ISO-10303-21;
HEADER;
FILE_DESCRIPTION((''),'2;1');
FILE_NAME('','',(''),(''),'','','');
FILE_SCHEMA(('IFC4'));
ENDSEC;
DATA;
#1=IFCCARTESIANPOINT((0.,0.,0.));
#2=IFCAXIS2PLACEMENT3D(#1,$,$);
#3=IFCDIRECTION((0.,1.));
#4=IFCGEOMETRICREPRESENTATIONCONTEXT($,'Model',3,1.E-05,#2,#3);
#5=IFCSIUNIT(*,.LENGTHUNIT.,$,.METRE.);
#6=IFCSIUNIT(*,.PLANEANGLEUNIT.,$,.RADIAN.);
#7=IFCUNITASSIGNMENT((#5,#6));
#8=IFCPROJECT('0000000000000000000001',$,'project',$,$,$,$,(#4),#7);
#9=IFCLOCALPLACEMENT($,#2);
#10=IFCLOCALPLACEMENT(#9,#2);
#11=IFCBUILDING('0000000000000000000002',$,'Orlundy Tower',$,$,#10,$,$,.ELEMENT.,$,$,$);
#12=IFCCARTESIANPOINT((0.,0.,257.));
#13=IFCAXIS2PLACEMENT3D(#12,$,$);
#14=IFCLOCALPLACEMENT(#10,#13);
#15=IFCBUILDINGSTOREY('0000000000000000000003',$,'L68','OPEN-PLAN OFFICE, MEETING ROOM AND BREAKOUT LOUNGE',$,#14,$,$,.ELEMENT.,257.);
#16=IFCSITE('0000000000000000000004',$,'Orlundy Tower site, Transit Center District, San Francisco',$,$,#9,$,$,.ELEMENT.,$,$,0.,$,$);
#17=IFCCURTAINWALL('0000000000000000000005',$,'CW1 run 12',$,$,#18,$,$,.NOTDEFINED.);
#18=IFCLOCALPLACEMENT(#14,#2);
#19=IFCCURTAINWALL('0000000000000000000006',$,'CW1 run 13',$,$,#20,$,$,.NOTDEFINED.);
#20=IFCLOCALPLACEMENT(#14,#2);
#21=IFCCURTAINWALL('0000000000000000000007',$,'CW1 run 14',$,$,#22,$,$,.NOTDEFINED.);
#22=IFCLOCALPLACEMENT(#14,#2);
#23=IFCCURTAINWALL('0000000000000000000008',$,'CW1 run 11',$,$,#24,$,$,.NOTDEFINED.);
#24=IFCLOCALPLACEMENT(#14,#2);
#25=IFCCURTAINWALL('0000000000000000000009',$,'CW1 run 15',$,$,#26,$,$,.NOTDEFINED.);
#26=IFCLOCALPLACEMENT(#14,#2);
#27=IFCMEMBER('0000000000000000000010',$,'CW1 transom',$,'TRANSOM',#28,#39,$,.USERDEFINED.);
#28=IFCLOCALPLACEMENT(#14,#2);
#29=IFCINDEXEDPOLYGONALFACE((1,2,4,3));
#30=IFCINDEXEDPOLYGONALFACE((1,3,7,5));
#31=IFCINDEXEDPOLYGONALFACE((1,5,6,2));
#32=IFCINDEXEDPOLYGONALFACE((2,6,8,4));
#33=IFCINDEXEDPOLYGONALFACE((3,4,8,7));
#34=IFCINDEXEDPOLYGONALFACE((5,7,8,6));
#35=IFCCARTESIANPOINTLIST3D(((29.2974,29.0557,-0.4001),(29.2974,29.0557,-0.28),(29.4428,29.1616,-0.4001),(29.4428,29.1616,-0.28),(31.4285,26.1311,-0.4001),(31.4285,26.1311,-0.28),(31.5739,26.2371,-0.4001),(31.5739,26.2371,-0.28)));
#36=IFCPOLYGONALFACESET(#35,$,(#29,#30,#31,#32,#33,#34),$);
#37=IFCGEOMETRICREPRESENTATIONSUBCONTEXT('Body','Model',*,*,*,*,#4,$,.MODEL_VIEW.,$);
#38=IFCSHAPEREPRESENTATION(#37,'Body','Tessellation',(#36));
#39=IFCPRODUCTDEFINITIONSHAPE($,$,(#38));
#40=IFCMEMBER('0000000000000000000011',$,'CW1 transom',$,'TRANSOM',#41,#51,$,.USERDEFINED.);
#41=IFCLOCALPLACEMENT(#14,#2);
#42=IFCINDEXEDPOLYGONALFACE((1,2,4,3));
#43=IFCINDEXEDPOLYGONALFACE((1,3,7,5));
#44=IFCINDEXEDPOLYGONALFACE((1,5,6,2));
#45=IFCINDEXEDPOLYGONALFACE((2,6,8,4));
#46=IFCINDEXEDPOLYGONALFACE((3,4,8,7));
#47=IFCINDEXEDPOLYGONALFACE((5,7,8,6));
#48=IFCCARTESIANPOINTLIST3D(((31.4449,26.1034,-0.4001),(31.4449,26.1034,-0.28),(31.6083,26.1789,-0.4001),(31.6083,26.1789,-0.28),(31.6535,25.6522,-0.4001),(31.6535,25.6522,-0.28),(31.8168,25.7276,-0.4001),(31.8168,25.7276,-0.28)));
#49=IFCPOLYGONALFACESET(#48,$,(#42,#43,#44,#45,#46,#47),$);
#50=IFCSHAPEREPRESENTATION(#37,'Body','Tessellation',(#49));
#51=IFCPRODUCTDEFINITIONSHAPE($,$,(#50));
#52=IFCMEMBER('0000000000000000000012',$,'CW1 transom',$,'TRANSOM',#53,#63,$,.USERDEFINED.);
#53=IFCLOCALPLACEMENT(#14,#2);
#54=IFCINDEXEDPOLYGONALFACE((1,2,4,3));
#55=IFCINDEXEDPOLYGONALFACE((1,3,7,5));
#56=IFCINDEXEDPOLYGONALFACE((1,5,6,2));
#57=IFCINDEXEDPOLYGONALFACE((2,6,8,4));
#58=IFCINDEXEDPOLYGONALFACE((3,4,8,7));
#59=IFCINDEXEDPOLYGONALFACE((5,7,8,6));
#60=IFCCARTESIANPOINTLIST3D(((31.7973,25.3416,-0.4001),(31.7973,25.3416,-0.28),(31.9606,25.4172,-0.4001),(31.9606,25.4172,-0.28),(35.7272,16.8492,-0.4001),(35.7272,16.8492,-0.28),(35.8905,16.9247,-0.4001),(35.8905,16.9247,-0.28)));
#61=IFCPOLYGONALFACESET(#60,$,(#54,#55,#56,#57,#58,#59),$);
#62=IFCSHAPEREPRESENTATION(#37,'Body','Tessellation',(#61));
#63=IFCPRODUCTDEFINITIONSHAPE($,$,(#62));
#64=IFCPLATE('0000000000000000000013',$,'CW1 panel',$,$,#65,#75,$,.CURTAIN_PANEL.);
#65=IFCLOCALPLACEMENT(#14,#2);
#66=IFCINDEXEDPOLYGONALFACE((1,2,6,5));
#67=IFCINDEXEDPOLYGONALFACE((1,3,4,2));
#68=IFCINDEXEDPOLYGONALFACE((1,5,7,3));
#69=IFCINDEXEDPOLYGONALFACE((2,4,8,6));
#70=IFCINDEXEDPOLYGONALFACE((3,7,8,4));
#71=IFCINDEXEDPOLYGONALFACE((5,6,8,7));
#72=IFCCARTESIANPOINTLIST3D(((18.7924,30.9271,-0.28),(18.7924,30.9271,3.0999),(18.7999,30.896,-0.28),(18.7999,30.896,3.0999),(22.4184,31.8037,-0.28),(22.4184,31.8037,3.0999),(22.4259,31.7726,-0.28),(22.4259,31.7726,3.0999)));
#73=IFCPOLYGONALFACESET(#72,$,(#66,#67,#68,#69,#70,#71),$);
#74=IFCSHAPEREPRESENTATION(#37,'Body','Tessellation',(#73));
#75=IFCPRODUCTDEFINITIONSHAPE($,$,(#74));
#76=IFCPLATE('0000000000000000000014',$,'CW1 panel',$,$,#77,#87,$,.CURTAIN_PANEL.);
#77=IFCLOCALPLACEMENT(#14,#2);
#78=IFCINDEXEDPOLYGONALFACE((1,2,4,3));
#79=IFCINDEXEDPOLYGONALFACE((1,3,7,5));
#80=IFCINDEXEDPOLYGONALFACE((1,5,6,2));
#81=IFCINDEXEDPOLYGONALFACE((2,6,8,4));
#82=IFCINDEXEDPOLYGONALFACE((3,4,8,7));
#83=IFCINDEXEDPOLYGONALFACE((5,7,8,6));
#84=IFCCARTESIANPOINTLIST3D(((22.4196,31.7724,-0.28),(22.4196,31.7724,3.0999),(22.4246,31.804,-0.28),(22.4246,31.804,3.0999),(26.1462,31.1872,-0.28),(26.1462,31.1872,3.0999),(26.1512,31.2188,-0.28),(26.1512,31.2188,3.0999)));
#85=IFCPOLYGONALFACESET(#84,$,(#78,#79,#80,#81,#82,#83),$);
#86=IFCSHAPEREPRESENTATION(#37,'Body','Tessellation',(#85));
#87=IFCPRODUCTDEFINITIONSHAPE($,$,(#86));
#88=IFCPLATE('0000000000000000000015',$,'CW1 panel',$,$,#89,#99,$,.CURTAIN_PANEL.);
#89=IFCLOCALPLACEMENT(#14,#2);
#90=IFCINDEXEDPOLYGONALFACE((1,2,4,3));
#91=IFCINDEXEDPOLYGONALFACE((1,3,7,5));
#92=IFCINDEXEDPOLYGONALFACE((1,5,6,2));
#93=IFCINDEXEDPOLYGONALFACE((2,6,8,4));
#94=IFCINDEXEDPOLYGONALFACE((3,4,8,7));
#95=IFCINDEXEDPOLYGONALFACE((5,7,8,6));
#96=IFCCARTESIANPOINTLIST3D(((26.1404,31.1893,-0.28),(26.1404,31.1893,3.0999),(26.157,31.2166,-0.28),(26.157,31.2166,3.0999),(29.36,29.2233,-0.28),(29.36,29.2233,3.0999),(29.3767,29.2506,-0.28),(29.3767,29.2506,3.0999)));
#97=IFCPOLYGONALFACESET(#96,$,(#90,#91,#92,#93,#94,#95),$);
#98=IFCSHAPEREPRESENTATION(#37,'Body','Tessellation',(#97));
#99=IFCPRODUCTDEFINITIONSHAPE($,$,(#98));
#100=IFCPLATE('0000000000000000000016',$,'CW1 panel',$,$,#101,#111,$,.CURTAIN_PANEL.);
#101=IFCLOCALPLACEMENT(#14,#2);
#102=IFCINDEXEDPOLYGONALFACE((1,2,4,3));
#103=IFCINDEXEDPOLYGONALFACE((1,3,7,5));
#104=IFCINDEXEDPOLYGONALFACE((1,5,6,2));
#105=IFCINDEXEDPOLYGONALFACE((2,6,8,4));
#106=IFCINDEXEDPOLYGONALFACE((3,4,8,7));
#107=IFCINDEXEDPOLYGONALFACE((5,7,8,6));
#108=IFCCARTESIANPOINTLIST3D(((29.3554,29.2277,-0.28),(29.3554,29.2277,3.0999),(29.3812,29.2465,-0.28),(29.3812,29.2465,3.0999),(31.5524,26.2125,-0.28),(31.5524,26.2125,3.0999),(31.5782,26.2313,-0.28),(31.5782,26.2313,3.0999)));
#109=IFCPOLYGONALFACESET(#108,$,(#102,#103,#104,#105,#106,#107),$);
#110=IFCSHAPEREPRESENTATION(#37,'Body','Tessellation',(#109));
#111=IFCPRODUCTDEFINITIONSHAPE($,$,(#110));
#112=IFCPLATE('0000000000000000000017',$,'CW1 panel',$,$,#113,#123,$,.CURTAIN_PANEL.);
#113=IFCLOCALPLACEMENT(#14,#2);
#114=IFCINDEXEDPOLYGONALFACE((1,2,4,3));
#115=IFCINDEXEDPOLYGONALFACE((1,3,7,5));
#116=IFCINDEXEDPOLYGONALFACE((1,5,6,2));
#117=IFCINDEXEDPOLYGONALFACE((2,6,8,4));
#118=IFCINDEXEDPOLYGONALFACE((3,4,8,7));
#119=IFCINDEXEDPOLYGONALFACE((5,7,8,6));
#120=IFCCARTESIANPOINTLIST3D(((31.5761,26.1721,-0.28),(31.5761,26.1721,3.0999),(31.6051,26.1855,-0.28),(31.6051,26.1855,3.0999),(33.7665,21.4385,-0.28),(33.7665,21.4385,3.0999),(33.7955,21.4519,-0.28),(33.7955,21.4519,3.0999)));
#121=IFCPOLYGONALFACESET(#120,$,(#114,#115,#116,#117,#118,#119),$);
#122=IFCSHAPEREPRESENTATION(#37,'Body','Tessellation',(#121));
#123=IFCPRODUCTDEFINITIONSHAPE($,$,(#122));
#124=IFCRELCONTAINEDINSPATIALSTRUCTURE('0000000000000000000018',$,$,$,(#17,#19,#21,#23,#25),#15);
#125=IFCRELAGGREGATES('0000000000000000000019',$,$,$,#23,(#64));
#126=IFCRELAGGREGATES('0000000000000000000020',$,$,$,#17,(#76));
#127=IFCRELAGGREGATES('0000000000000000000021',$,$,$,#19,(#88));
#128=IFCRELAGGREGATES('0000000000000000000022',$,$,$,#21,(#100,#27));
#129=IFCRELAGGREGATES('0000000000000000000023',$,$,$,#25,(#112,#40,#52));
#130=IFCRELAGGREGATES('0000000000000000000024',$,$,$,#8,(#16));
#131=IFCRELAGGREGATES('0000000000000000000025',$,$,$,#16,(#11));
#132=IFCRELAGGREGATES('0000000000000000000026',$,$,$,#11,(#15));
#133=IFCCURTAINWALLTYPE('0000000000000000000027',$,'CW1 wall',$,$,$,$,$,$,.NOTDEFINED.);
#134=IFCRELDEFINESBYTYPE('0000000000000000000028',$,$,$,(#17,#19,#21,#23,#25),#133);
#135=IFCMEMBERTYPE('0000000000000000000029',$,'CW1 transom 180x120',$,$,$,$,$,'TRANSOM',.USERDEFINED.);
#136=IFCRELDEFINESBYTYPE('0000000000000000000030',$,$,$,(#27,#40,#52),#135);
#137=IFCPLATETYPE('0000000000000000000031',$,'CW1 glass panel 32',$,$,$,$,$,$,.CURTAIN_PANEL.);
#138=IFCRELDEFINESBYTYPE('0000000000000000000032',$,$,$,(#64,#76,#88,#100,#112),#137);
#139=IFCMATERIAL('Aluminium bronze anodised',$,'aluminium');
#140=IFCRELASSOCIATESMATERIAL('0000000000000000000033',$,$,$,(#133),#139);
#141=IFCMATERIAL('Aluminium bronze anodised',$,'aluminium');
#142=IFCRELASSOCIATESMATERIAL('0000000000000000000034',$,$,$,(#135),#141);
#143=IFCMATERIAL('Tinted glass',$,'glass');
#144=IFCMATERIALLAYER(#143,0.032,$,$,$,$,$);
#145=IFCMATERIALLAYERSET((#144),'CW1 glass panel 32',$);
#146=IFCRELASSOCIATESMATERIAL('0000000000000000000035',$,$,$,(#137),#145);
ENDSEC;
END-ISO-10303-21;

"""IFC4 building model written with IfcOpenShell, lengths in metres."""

from ifc_helpers import new_model, si_unit, direction, frame, origin, origin_2d, place, context, subcontext, project, spatial, rectangle, extrude, material, layer, layer_set, material_profile, profile_set, type_object, element, aggregate, save


model = new_model("IFC4")

# Units and contexts
model_context = context("Model", 3, precision=1e-05, world=origin(), true_north=direction((0.0, 1.0)))
body_context = subcontext(model_context, "Body", "Model", "MODEL_VIEW")
ifc_project = project(units=[si_unit("LENGTHUNIT", "METRE"), si_unit("PLANEANGLEUNIT", "RADIAN")], contexts=[model_context])

# Site, building, storey
site_placement = place(None, origin())
site = spatial("IfcSite", under=ifc_project, at=site_placement, Name="Orlundy Tower site, Transit Center District, San Francisco", CompositionType="ELEMENT", RefElevation=0.0)
building_placement = place(site_placement, origin())
building = spatial("IfcBuilding", under=site, at=building_placement, Name="Orlundy Tower", CompositionType="ELEMENT")
storey_placement = place(building_placement, frame((0.0, 0.0, 257.0)))
storey = spatial("IfcBuildingStorey", under=building, at=storey_placement, Name="L68", Description="OPEN-PLAN OFFICE, MEETING ROOM AND BREAKOUT LOUNGE", CompositionType="ELEMENT", Elevation=257.0)

# Curtain walls
ifc_material_1 = material(Name="Aluminium bronze anodised", Category="aluminium")
curtain_wall_type = type_object("IfcCurtainWallType", Name="CW1 wall", PredefinedType="NOTDEFINED", material=ifc_material_1)
curtain_wall_1_placement = place(storey_placement, origin())
curtain_wall_1 = element("IfcCurtainWall", 1, at=curtain_wall_1_placement, inside=storey, type_object=curtain_wall_type, Name="CW1 run 12", PredefinedType="NOTDEFINED")
curtain_wall_2_placement = place(storey_placement, origin())
curtain_wall_2 = element("IfcCurtainWall", 2, at=curtain_wall_2_placement, inside=storey, type_object=curtain_wall_type, Name="CW1 run 13", PredefinedType="NOTDEFINED")
curtain_wall_3_placement = place(storey_placement, origin())
curtain_wall_3 = element("IfcCurtainWall", 3, at=curtain_wall_3_placement, inside=storey, type_object=curtain_wall_type, Name="CW1 run 14", PredefinedType="NOTDEFINED")
curtain_wall_4_placement = place(storey_placement, origin())
curtain_wall_4 = element("IfcCurtainWall", 4, at=curtain_wall_4_placement, inside=storey, type_object=curtain_wall_type, Name="CW1 run 11", PredefinedType="NOTDEFINED")

# Curtain wall
curtain_wall_5_placement = place(storey_placement, origin())
curtain_wall_5 = element("IfcCurtainWall", 5, at=curtain_wall_5_placement, inside=storey, type_object=curtain_wall_type, Name="CW1 run 15", PredefinedType="NOTDEFINED")

# Members
ifc_material_2 = material(Name="Aluminium bronze anodised", Category="aluminium")
ifc_material_profile_1 = material_profile(ifc_material_2, rectangle(XDim=0.1799, YDim=0.1201, at=origin_2d()), Name="CW1 transom 180x120")
ifc_profile_set_1 = profile_set([ifc_material_profile_1], Name="Aluminium bronze anodised")
member_type_1 = type_object("IfcMemberType", Name="CW1 transom 180x120", ElementType="TRANSOM", PredefinedType="USERDEFINED", material=ifc_profile_set_1)
member_1_placement = place(storey_placement, frame((29.3701, 29.1086, -0.3401), z_axis=(0.588922, -0.80819, 0.0), x_axis=(0.80819, 0.588922, 0.0)))
member_1 = element("IfcMember", 6, at=member_1_placement, type_object=member_type_1, Name="CW1 transom", ObjectType="TRANSOM", PredefinedType="USERDEFINED", context=body_context, shape_type="SweptSolid", body=[
    extrude(rectangle(XDim=0.1799, YDim=0.1201, at=origin_2d()), origin(), (0.0, 0.0, 1.0), 3.6187),
])
member_2_placement = place(storey_placement, frame((31.5266, 26.1411, -0.3401), z_axis=(0.419494, -0.907758, 0.0), x_axis=(0.907758, 0.419494, 0.0)))
member_2 = element("IfcMember", 7, at=member_2_placement, type_object=member_type_1, Name="CW1 transom", ObjectType="TRANSOM", PredefinedType="USERDEFINED", context=body_context, shape_type="SweptSolid", body=[
    extrude(rectangle(XDim=0.1799, YDim=0.1201, at=origin_2d()), origin(), (0.0, 0.0, 1.0), 0.4971),
])
member_3_placement = place(storey_placement, frame((31.8789, 25.3794, -0.3401), z_axis=(0.41997, -0.907538, 0.0), x_axis=(0.907538, 0.41997, 0.0)))
member_3 = element("IfcMember", 8, at=member_3_placement, type_object=member_type_1, Name="CW1 transom", ObjectType="TRANSOM", PredefinedType="USERDEFINED", context=body_context, shape_type="SweptSolid", body=[
    extrude(rectangle(XDim=0.1799, YDim=0.1201, at=origin_2d()), origin(), (0.0, 0.0, 1.0), 9.3577),
])

# Plates
ifc_material_3 = material(Name="Tinted glass", Category="glass")
ifc_layer = layer(ifc_material_3, 0.032)
ifc_layer_set = layer_set([ifc_layer], Name="CW1 glass panel 32")
plate_type = type_object("IfcPlateType", Name="CW1 glass panel 32", PredefinedType="CURTAIN_PANEL", material=ifc_layer_set)
plate_1_placement = place(storey_placement, frame((20.6091, 31.3499, -0.28), z_axis=(0.0, 0.0, 1.0), x_axis=(0.972002, 0.234975, 0.0)))
plate_1 = element("IfcPlate", 9, at=plate_1_placement, type_object=plate_type, Name="CW1 panel", PredefinedType="CURTAIN_PANEL", context=body_context, shape_type="SweptSolid", body=[
    extrude(rectangle(XDim=3.7305, YDim=0.032, at=origin_2d()), origin(), (0.0, 0.0, 1.0), 3.3799),
])
aggregate(curtain_wall_4, [plate_1])
plate_2_placement = place(storey_placement, frame((24.2854, 31.4956, -0.28), z_axis=(0.0, 0.0, 1.0), x_axis=(0.987896, -0.155117, 0.0)))
plate_2 = element("IfcPlate", 10, at=plate_2_placement, type_object=plate_type, Name="CW1 panel", PredefinedType="CURTAIN_PANEL", context=body_context, shape_type="SweptSolid", body=[
    extrude(rectangle(XDim=3.7722, YDim=0.032, at=origin_2d()), origin(), (0.0, 0.0, 1.0), 3.3799),
])
aggregate(curtain_wall_1, [plate_2])
plate_3_placement = place(storey_placement, frame((27.7585, 30.22, -0.28), z_axis=(0.0, 0.0, 1.0), x_axis=(0.853468, -0.521144, 0.0)))
plate_3 = element("IfcPlate", 11, at=plate_3_placement, type_object=plate_type, Name="CW1 panel", PredefinedType="CURTAIN_PANEL", context=body_context, shape_type="SweptSolid", body=[
    extrude(rectangle(XDim=3.7725, YDim=0.032, at=origin_2d()), origin(), (0.0, 0.0, 1.0), 3.3799),
])
aggregate(curtain_wall_2, [plate_3])
plate_4_placement = place(storey_placement, frame((30.4668, 27.7295, -0.28), z_axis=(0.0, 0.0, 1.0), x_axis=(0.588893, -0.808211, 0.0)))
plate_4 = element("IfcPlate", 12, at=plate_4_placement, type_object=plate_type, Name="CW1 panel", PredefinedType="CURTAIN_PANEL", context=body_context, shape_type="SweptSolid", body=[
    extrude(rectangle(XDim=3.7307, YDim=0.032, at=origin_2d()), origin(), (0.0, 0.0, 1.0), 3.3799),
])
aggregate(curtain_wall_3, [plate_4, member_1])
plate_5_placement = place(storey_placement, frame((32.6858, 23.812, -0.28), z_axis=(0.0, 0.0, 1.0), x_axis=(0.419961, -0.907542, 0.0)))
plate_5 = element("IfcPlate", 13, at=plate_5_placement, type_object=plate_type, Name="CW1 panel", PredefinedType="CURTAIN_PANEL", context=body_context, shape_type="SweptSolid", body=[
    extrude(rectangle(XDim=5.2158, YDim=0.032, at=origin_2d()), origin(), (0.0, 0.0, 1.0), 3.3799),
])
aggregate(curtain_wall_5, [plate_5, member_2, member_3])

save(model, "model.ifc")
